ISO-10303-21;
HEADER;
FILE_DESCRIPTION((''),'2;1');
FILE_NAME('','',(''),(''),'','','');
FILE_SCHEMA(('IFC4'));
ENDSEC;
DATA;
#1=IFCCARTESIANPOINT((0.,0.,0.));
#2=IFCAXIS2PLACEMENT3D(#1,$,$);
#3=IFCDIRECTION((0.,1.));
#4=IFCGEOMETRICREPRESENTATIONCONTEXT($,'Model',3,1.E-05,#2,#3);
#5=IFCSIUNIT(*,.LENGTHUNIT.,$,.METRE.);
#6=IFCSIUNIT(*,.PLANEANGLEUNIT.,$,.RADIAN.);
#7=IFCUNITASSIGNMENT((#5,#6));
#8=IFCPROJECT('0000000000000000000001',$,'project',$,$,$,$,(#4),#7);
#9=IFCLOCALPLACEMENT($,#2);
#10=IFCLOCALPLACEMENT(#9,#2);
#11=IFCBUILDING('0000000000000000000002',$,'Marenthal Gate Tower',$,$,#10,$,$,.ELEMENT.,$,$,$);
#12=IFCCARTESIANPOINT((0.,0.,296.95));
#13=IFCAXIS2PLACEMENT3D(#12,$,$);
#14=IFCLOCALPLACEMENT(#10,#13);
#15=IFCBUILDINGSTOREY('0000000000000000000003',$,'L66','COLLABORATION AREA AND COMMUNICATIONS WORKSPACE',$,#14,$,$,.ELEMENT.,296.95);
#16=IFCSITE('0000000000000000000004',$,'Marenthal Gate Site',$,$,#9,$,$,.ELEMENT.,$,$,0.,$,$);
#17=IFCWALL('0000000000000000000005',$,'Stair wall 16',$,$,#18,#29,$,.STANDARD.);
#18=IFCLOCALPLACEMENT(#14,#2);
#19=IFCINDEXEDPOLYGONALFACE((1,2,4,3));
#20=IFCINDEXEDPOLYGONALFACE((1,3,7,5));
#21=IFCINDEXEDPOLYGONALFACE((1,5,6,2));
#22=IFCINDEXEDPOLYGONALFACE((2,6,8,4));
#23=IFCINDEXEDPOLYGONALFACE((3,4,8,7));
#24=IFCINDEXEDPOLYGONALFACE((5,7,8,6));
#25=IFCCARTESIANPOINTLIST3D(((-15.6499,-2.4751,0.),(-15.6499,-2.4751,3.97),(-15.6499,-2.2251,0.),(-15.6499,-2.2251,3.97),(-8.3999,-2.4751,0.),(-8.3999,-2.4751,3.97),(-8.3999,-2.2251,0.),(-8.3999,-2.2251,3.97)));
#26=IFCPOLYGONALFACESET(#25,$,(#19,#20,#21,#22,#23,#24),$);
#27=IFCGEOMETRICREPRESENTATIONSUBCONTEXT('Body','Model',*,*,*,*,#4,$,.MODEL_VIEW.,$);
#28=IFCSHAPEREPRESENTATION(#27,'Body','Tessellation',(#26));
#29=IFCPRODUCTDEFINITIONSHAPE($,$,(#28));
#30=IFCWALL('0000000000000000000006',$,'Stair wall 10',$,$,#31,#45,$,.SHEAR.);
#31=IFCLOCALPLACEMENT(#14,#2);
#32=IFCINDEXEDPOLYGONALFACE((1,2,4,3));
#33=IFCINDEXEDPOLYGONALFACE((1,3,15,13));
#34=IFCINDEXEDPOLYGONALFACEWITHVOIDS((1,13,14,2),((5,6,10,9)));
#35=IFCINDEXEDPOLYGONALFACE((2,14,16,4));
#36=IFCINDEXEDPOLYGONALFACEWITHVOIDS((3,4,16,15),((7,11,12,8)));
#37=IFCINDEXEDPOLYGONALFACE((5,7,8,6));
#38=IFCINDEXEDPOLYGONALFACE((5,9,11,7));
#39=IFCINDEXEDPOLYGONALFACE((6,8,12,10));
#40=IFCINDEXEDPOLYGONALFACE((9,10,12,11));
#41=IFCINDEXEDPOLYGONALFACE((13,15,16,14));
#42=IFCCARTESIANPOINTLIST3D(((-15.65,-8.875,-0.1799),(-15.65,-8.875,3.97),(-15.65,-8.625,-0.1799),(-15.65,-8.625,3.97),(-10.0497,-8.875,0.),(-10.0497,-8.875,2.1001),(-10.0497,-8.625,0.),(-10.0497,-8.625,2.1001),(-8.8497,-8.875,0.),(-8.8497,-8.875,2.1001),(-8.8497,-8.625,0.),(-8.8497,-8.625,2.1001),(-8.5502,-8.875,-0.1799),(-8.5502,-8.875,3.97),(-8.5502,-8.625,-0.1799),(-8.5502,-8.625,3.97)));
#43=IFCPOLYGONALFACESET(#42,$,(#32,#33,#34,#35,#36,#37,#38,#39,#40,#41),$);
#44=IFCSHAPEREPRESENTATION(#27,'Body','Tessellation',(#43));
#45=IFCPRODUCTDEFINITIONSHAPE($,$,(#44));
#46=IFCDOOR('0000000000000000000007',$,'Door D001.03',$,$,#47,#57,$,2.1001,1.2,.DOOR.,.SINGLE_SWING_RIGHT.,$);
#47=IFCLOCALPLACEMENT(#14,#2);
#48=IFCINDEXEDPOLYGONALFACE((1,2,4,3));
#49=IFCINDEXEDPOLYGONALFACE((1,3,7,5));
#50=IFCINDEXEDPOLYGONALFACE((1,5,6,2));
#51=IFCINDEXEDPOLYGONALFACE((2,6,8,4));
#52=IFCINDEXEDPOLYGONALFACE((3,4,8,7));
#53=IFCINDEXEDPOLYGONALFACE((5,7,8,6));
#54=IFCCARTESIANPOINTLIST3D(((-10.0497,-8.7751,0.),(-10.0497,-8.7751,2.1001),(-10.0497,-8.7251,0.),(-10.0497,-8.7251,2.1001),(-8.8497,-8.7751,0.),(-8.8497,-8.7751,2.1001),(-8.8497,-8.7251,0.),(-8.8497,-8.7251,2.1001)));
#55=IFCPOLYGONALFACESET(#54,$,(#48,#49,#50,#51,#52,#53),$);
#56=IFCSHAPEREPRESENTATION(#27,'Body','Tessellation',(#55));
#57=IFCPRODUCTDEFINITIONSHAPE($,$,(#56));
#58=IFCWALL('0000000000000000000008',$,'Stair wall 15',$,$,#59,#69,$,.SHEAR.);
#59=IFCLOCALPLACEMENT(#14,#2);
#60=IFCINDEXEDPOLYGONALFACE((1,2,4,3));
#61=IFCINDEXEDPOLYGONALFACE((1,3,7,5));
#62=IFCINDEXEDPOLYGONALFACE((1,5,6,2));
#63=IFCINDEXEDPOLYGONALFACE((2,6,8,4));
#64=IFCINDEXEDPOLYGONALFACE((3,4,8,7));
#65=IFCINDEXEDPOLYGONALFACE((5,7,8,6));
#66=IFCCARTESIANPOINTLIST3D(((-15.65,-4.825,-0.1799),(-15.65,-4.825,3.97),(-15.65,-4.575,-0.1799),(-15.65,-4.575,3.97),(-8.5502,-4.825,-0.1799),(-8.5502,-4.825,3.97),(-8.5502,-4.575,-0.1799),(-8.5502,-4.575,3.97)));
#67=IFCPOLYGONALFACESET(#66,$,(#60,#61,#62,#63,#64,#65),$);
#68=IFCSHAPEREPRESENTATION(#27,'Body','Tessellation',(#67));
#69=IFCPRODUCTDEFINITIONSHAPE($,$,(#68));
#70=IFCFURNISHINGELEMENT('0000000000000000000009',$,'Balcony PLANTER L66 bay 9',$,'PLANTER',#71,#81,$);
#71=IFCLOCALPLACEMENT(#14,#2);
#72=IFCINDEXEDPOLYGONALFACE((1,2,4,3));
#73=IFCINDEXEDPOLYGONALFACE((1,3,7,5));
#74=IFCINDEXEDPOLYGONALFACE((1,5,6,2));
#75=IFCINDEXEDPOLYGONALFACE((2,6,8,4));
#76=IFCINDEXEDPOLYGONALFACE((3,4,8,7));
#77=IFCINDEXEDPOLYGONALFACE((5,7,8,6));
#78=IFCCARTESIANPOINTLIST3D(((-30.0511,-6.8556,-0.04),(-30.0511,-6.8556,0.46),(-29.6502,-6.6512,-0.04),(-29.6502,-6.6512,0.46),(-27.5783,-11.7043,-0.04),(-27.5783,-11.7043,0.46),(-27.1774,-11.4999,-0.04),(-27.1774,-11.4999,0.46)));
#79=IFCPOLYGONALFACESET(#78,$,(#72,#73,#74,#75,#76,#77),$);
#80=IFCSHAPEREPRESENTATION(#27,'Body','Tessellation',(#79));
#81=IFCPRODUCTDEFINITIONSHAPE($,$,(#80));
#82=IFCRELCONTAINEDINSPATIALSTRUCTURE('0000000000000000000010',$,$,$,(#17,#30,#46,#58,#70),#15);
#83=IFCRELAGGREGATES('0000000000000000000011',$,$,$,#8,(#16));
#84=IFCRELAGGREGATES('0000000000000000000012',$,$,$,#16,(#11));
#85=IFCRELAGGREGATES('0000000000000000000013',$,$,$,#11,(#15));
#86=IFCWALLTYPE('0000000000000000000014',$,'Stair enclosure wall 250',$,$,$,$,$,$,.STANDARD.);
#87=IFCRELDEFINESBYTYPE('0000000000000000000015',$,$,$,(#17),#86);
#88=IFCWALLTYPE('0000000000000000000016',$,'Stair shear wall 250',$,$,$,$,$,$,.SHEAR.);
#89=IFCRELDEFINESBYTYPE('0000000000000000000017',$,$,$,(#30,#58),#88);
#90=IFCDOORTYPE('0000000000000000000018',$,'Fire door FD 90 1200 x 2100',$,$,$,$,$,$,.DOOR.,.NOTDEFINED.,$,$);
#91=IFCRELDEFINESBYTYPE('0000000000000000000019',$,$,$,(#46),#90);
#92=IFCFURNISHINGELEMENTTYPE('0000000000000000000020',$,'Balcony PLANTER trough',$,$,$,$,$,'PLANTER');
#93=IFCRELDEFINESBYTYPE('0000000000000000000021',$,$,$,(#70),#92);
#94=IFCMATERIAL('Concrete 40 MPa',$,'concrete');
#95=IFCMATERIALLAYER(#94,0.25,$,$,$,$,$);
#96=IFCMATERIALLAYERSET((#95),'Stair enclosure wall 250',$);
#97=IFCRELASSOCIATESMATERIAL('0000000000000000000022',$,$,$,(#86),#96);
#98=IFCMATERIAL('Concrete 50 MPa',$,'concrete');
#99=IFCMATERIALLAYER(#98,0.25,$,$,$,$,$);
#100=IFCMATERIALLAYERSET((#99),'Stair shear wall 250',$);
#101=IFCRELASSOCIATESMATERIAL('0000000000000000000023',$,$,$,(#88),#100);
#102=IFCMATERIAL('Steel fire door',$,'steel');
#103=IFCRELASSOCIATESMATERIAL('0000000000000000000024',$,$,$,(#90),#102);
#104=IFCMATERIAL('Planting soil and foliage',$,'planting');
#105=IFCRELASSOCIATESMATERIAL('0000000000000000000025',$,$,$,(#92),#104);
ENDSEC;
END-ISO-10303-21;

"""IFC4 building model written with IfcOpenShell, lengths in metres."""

from ifc_helpers import new_model, si_unit, direction, frame, frame_2d, origin, origin_2d, place, context, subcontext, project, spatial, rectangle, extrude, material, layer, layer_set, type_object, element, fill, save


model = new_model("IFC4")

# Units and contexts
model_context = context("Model", 3, precision=1e-05, world=origin(), true_north=direction((0.0, 1.0)))
body_context = subcontext(model_context, "Body", "Model", "MODEL_VIEW")
ifc_project = project(units=[si_unit("LENGTHUNIT", "METRE"), si_unit("PLANEANGLEUNIT", "RADIAN")], contexts=[model_context])

# Site, building, storey
site_placement = place(None, origin())
site = spatial("IfcSite", under=ifc_project, at=site_placement, Name="Marenthal Gate Site", CompositionType="ELEMENT", RefElevation=0.0)
building_placement = place(site_placement, origin())
building = spatial("IfcBuilding", under=site, at=building_placement, Name="Marenthal Gate Tower", CompositionType="ELEMENT")
storey_placement = place(building_placement, frame((0.0, 0.0, 296.95)))
storey = spatial("IfcBuildingStorey", under=building, at=storey_placement, Name="L66", Description="COLLABORATION AREA AND COMMUNICATIONS WORKSPACE", CompositionType="ELEMENT", Elevation=296.95)

# Wall
ifc_material_1 = material(Name="Concrete 40 MPa", Category="concrete")
ifc_layer_1 = layer(ifc_material_1, 0.25)
ifc_layer_set_1 = layer_set([ifc_layer_1], Name="Stair enclosure wall 250")
wall_type_1 = type_object("IfcWallType", Name="Stair enclosure wall 250", PredefinedType="STANDARD", material=ifc_layer_set_1)
wall_1_placement = place(storey_placement, frame((-15.6499, -2.3501, 0.0), z_axis=(0.0, 0.0, 1.0), x_axis=(1.0, 0.0, 0.0)))
element("IfcWall", 1, at=wall_1_placement, inside=storey, type_object=wall_type_1, Name="Stair wall 16", PredefinedType="STANDARD", context=body_context, shape_type="SweptSolid", body=[
    extrude(rectangle(XDim=7.25, YDim=0.25, at=frame_2d((3.625, 0.0))), origin(), (0.0, 0.0, 1.0), 3.97),
])

# Wall, opening, door
ifc_material_2 = material(Name="Concrete 50 MPa", Category="concrete")
ifc_layer_2 = layer(ifc_material_2, 0.25)
ifc_layer_set_2 = layer_set([ifc_layer_2], Name="Stair shear wall 250")
wall_type_2 = type_object("IfcWallType", Name="Stair shear wall 250", PredefinedType="SHEAR", material=ifc_layer_set_2)
wall_2_placement = place(storey_placement, frame((-15.6499, -8.75, -0.1799), z_axis=(0.0, 0.0, 1.0), x_axis=(1.0, 0.0, 0.0)))
wall_2 = element("IfcWall", 2, at=wall_2_placement, inside=storey, type_object=wall_type_2, Name="Stair wall 10", PredefinedType="SHEAR", context=body_context, shape_type="SweptSolid", body=[
    extrude(rectangle(XDim=7.0999, YDim=0.25, at=frame_2d((3.5498, 0.0))), origin(), (0.0, 0.0, 1.0), 4.1499),
])
opening_1_placement = place(wall_2_placement, frame((5.6001, 0.0, 0.1799)))
opening_1 = element("IfcOpeningElement", 3, at=opening_1_placement, cuts=wall_2, PredefinedType="OPENING", context=body_context, shape_type="SweptSolid", body=[
    extrude(rectangle(XDim=1.2, YDim=2.1001, at=frame_2d((0.6001, 1.05))), frame((0.0, 0.135, 0.0), z_axis=(0.0, -1.0, 0.0), x_axis=(1.0, 0.0, 0.0)), (0.0, 0.0, 1.0), 0.27),
])
ifc_material_3 = material(Name="Steel fire door", Category="steel")
door_type_1 = type_object("IfcDoorType", Name="Fire door FD 90 1200 x 2100", OperationType="NOTDEFINED", PredefinedType="DOOR", material=ifc_material_3)
door_1_placement = place(opening_1_placement, origin())
door_1 = element("IfcDoor", 4, at=door_1_placement, inside=storey, type_object=door_type_1, Name="Door D001.03", OperationType="SINGLE_SWING_RIGHT", OverallHeight=2.1001, OverallWidth=1.2, PredefinedType="DOOR", context=body_context, shape_type="SweptSolid", body=[
    extrude(rectangle(XDim=1.2, YDim=2.1001, at=frame_2d((0.6001, 1.05))), frame((0.0, 0.0249, 0.0), z_axis=(0.0, -1.0, 0.0), x_axis=(1.0, 0.0, 0.0)), (0.0, 0.0, 1.0), 0.05),
])
fill(opening_1, door_1)

# Wall
wall_3_placement = place(storey_placement, frame((-15.6499, -4.7, -0.1799), z_axis=(0.0, 0.0, 1.0), x_axis=(1.0, 0.0, 0.0)))
element("IfcWall", 5, at=wall_3_placement, inside=storey, type_object=wall_type_2, Name="Stair wall 15", PredefinedType="SHEAR", context=body_context, shape_type="SweptSolid", body=[
    extrude(rectangle(XDim=7.0999, YDim=0.25, at=frame_2d((3.5498, 0.0))), origin(), (0.0, 0.0, 1.0), 4.1499),
])

# Furnishing element
ifc_material_4 = material(Name="Planting soil and foliage", Category="planting")
furnishing_element_type = type_object("IfcFurnishingElementType", Name="Balcony PLANTER trough", ElementType="PLANTER", material=ifc_material_4)
furnishing_placement = place(storey_placement, frame((-28.6143, -9.1777, -0.04), z_axis=(0.0, 0.0, 1.0), x_axis=(0.454321, -0.890838, 0.0)))
element("IfcFurnishingElement", 6, at=furnishing_placement, inside=storey, type_object=furnishing_element_type, Name="Balcony PLANTER L66 bay 9", ObjectType="PLANTER", context=body_context, shape_type="SweptSolid", body=[
    extrude(rectangle(XDim=5.4429, YDim=0.45, at=origin_2d()), origin(), (0.0, 0.0, 1.0), 0.5),
])

save(model, "model.ifc")
